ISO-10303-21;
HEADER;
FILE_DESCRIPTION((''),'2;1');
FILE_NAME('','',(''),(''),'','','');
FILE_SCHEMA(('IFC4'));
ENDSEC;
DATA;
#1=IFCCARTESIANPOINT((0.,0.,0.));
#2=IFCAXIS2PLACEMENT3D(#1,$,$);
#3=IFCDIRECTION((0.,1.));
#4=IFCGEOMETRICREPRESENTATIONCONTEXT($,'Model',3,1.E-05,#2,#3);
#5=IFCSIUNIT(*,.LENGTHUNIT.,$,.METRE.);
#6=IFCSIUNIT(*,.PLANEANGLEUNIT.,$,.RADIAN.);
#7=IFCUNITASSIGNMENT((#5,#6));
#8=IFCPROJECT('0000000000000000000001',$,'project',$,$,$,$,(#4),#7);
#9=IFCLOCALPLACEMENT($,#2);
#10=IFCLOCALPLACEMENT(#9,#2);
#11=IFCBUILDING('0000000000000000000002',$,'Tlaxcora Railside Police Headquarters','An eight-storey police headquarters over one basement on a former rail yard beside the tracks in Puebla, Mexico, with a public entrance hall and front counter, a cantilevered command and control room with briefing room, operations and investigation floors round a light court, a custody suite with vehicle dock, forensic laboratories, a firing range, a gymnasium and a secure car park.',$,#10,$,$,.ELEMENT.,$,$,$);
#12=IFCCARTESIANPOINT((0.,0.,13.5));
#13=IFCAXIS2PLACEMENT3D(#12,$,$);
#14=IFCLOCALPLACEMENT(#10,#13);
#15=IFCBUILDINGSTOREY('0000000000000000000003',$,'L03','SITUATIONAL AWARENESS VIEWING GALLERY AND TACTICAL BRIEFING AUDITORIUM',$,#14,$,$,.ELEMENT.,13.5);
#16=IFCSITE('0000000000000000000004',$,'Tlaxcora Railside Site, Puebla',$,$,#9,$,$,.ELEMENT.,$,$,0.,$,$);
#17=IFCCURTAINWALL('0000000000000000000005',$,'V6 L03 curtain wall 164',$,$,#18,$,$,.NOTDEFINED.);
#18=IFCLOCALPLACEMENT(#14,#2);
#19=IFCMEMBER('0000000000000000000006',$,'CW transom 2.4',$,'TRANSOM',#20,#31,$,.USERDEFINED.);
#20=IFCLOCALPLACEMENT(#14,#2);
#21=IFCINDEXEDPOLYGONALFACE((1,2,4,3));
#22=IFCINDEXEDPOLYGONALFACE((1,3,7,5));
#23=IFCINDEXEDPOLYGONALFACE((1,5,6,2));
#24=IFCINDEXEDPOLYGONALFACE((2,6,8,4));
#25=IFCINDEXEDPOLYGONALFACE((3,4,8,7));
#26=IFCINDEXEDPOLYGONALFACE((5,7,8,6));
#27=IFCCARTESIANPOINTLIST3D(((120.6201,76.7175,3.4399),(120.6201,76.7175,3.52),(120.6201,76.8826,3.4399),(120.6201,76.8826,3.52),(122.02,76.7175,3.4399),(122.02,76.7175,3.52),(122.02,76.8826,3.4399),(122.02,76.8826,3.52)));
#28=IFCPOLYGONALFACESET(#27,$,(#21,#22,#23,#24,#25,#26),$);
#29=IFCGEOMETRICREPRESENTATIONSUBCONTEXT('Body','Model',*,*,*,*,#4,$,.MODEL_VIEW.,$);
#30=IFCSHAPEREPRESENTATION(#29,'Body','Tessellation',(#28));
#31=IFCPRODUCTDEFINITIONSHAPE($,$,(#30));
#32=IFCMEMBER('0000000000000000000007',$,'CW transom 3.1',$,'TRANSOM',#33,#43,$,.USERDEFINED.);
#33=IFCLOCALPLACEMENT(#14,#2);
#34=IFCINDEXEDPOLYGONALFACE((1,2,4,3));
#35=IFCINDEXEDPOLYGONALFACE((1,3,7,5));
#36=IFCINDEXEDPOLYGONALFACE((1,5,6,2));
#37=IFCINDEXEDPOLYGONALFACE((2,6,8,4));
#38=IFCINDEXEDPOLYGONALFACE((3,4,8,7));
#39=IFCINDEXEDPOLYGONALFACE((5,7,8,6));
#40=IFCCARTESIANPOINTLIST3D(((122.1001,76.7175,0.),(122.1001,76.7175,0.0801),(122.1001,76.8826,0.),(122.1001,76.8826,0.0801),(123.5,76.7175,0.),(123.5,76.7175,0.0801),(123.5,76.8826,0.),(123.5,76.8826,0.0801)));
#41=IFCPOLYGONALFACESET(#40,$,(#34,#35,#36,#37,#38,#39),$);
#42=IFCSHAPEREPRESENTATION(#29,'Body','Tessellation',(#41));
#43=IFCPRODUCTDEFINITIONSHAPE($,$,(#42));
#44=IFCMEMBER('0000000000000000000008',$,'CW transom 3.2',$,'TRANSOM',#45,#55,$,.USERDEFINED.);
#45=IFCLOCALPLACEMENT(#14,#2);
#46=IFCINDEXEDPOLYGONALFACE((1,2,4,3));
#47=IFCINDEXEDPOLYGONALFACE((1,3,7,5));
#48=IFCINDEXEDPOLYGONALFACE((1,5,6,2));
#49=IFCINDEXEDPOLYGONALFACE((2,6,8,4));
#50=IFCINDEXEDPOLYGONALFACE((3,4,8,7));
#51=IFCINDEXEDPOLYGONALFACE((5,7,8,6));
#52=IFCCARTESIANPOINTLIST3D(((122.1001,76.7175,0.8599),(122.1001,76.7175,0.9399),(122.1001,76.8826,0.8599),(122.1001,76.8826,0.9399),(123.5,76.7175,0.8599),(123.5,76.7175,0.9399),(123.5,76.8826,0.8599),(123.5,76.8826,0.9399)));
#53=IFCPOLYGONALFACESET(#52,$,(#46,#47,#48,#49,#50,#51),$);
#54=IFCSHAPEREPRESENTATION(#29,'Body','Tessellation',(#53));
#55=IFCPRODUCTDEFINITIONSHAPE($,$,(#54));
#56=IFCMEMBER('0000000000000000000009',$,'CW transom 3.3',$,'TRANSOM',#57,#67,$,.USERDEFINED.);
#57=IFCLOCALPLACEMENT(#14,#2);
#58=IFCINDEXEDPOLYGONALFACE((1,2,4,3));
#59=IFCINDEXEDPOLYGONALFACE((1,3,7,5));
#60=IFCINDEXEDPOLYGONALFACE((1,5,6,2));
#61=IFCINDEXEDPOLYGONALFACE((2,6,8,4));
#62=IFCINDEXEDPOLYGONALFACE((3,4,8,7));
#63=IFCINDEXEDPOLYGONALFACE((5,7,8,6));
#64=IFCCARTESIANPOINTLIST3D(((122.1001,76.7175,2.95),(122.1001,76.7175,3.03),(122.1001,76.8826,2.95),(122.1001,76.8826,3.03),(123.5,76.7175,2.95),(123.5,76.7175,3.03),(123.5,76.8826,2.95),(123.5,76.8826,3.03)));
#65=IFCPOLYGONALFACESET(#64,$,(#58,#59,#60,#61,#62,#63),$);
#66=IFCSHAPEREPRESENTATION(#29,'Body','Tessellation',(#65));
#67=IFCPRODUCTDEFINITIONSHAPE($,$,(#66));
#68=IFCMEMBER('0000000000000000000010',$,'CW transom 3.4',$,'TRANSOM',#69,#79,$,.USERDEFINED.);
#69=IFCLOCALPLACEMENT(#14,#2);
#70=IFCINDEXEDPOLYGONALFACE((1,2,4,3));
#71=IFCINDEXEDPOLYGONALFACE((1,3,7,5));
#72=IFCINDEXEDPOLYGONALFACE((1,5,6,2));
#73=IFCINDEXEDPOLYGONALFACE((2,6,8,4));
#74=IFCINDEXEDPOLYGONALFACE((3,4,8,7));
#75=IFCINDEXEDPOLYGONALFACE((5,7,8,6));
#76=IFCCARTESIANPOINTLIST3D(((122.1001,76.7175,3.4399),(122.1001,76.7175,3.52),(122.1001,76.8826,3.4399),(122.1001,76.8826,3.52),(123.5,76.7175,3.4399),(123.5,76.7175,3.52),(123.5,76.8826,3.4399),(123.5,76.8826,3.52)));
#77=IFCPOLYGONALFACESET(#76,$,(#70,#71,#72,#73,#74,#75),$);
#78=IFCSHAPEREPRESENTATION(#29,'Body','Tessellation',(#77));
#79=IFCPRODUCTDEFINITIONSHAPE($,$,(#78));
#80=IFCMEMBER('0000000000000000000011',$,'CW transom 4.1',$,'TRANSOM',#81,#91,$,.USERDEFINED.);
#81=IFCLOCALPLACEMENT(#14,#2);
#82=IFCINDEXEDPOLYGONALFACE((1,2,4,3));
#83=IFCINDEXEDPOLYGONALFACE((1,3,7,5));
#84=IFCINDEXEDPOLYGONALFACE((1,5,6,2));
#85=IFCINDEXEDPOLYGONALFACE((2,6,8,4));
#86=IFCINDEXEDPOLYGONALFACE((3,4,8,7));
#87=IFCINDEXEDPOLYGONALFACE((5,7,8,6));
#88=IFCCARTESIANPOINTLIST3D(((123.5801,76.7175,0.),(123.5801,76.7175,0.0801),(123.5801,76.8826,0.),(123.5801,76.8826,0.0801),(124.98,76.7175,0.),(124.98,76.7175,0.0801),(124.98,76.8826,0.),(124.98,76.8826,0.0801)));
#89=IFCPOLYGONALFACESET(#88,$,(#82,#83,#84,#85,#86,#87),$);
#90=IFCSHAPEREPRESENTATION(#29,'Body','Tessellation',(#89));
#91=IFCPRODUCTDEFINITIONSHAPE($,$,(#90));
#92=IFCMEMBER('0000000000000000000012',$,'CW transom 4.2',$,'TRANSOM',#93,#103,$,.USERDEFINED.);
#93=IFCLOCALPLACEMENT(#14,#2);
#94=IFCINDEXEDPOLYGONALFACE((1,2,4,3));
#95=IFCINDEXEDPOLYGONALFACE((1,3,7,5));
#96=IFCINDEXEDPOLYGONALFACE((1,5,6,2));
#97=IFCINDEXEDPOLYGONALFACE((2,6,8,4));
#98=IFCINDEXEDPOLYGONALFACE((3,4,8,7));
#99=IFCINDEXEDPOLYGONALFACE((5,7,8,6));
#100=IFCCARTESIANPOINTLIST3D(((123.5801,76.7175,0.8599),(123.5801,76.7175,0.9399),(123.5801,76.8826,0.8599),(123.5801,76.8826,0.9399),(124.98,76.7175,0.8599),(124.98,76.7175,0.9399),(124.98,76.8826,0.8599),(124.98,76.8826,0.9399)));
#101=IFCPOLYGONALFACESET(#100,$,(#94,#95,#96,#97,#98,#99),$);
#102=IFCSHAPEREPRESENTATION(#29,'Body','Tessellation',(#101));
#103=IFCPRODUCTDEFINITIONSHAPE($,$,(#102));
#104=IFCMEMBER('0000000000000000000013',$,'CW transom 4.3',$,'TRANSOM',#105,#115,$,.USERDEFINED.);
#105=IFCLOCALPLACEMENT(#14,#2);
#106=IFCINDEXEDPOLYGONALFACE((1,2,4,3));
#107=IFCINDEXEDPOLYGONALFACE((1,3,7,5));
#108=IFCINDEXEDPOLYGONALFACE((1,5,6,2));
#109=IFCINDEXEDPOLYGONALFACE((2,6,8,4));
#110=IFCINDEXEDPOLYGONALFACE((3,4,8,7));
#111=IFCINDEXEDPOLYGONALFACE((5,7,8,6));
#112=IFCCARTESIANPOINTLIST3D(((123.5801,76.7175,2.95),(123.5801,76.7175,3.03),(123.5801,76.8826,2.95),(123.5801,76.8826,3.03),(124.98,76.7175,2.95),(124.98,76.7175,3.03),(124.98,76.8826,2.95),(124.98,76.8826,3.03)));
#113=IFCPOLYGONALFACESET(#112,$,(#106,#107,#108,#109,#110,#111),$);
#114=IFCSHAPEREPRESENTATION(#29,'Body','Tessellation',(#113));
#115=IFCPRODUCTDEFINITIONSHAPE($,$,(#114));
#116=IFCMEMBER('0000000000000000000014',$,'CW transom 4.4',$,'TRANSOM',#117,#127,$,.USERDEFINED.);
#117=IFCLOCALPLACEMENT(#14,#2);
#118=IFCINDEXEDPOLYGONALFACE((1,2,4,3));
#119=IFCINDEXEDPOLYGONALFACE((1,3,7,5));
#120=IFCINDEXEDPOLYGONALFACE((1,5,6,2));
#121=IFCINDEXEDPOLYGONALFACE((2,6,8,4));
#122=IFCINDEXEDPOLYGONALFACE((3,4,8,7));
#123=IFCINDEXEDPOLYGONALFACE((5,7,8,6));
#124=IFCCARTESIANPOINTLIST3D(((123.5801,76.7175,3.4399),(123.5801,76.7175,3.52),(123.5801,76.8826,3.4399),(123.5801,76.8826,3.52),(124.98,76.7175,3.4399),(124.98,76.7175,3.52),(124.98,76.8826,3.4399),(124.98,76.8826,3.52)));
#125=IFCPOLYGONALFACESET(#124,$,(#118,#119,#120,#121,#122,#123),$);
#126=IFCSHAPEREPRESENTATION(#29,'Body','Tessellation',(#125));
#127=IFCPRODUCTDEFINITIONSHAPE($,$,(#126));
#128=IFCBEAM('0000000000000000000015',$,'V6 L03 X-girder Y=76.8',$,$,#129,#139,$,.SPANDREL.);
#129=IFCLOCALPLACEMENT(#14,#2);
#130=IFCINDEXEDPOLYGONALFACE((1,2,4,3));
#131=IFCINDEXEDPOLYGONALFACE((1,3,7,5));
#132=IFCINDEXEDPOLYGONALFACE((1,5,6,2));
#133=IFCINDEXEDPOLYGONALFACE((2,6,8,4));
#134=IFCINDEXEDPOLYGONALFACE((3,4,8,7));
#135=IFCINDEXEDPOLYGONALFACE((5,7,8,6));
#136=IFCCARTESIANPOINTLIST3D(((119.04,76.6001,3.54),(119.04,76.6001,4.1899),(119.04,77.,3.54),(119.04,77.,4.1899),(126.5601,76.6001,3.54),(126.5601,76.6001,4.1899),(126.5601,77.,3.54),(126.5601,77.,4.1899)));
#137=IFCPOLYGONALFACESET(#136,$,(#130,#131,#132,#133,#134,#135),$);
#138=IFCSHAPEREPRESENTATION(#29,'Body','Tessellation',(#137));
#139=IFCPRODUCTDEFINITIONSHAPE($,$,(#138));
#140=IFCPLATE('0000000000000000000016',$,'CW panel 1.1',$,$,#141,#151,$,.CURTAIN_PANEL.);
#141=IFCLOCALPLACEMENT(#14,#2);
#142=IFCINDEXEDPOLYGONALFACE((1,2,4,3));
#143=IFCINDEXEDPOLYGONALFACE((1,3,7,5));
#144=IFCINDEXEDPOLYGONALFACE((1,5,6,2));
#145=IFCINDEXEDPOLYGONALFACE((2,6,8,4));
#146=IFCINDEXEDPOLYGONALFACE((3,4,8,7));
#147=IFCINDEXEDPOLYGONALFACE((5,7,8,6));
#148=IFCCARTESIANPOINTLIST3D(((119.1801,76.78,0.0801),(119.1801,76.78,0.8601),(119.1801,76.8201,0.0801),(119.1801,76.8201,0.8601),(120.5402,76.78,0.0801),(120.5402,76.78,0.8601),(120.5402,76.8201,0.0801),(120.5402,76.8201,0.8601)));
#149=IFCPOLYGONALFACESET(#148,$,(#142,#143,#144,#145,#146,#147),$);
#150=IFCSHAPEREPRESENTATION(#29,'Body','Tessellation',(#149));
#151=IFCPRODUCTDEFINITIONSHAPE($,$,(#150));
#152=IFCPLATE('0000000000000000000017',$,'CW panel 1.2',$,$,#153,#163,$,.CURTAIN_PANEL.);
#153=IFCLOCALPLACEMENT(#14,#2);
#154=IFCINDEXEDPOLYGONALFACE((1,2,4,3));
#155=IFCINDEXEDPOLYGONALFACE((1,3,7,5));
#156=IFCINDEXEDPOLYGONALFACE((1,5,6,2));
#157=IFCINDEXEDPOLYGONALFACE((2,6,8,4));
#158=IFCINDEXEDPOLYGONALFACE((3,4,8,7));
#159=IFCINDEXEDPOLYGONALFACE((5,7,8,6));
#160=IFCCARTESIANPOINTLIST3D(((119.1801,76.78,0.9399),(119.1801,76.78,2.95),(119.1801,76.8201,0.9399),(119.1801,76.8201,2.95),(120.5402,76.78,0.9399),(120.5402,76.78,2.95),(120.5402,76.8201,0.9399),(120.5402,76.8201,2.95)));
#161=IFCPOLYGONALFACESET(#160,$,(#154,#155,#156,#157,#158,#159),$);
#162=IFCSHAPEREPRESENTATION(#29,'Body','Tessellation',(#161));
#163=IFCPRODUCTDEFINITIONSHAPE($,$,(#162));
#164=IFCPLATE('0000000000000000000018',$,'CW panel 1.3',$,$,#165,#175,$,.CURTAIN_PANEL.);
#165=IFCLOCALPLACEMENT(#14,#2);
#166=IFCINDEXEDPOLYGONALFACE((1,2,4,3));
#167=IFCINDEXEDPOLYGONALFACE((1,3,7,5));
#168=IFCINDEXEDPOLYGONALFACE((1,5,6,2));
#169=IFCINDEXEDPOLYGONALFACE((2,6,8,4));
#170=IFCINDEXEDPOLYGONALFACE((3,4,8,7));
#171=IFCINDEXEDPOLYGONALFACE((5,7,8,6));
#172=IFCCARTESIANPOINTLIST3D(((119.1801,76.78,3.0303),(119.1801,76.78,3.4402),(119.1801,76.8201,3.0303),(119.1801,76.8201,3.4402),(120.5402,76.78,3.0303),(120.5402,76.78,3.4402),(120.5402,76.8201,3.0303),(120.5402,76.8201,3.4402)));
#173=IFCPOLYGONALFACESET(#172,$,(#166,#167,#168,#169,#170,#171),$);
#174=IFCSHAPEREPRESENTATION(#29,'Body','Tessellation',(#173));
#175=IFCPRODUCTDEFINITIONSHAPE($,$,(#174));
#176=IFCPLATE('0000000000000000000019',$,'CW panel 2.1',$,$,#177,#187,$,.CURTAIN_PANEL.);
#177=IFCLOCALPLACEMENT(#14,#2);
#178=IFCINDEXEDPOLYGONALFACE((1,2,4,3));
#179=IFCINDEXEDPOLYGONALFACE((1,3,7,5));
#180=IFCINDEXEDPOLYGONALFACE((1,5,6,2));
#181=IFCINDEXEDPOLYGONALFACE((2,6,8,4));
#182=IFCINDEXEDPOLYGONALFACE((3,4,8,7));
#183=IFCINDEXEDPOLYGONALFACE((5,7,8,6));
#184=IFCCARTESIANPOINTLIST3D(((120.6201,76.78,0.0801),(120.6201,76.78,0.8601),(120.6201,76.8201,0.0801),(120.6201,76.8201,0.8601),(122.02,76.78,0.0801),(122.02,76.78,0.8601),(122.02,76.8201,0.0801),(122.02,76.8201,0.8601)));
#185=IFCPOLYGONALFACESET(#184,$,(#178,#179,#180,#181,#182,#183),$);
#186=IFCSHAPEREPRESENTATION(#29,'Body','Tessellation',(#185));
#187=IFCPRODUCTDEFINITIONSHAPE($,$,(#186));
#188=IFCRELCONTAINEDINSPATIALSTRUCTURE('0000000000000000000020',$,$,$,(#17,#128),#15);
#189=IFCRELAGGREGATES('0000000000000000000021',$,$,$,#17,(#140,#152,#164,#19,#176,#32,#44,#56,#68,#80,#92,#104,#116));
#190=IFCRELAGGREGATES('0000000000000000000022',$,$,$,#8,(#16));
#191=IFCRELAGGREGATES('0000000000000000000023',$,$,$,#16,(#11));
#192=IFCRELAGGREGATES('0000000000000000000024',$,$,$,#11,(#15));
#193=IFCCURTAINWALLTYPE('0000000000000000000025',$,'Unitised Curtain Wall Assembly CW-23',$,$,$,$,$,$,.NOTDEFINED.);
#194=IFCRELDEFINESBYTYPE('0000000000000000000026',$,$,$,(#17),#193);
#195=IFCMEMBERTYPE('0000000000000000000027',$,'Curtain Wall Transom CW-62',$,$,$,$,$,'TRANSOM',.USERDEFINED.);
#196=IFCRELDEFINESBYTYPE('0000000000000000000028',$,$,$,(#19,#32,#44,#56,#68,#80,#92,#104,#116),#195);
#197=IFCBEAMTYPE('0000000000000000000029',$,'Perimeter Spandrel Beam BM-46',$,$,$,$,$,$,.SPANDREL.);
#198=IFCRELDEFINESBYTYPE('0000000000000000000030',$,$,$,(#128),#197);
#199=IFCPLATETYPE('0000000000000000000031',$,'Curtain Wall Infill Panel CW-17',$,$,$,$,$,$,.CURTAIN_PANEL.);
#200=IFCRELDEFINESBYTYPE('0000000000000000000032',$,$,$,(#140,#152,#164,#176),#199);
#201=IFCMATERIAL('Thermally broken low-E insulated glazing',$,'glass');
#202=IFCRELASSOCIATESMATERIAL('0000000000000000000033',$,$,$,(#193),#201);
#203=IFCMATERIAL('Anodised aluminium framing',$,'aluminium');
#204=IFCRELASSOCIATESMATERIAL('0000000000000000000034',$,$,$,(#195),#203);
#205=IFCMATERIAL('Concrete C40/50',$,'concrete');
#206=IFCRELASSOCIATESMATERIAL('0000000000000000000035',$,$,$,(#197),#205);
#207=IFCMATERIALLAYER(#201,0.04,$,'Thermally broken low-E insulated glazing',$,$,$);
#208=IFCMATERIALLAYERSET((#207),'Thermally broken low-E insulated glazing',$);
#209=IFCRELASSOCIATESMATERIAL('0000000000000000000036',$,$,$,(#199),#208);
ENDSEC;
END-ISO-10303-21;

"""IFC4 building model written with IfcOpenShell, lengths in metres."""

from ifc_helpers import new_model, si_unit, direction, frame, origin, origin_2d, place, context, subcontext, project, spatial, rectangle, extrude, material, layer, layer_set, material_profile, profile_set, type_object, element, aggregate, save


model = new_model("IFC4")

# Units and contexts
model_context = context("Model", 3, precision=1e-05, world=origin(), true_north=direction((0.0, 1.0)))
body_context = subcontext(model_context, "Body", "Model", "MODEL_VIEW")
ifc_project = project(units=[si_unit("LENGTHUNIT", "METRE"), si_unit("PLANEANGLEUNIT", "RADIAN")], contexts=[model_context])

# Site, building, storey
site_placement = place(None, origin())
site = spatial("IfcSite", under=ifc_project, at=site_placement, Name="Tlaxcora Railside Site, Puebla", CompositionType="ELEMENT", RefElevation=0.0)
building_placement = place(site_placement, origin())
building = spatial("IfcBuilding", under=site, at=building_placement, Name="Tlaxcora Railside Police Headquarters", Description="An eight-storey police headquarters over one basement on a former rail yard beside the tracks in Puebla, Mexico, with a public entrance hall and front counter, a cantilevered command and control room with briefing room, operations and investigation floors round a light court, a custody suite with vehicle dock, forensic laboratories, a firing range, a gymnasium and a secure car park.", CompositionType="ELEMENT")
storey_placement = place(building_placement, frame((0.0, 0.0, 13.5)))
storey = spatial("IfcBuildingStorey", under=building, at=storey_placement, Name="L03", Description="SITUATIONAL AWARENESS VIEWING GALLERY AND TACTICAL BRIEFING AUDITORIUM", CompositionType="ELEMENT", Elevation=13.5)

# Shared definitions
ifc_material_1 = material(Name="Concrete C40/50", Category="concrete")

# Curtain wall
ifc_material_2 = material(Name="Thermally broken low-E insulated glazing", Category="glass")
curtain_wall_type_1 = type_object("IfcCurtainWallType", Name="Unitised Curtain Wall Assembly CW-23", PredefinedType="NOTDEFINED", material=ifc_material_2)
curtain_wall_1_placement = place(storey_placement, origin())
curtain_wall_1 = element("IfcCurtainWall", 1, at=curtain_wall_1_placement, inside=storey, type_object=curtain_wall_type_1, Name="V6 L03 curtain wall 164", PredefinedType="NOTDEFINED")
ifc_material_3 = material(Name="Anodised aluminium framing", Category="aluminium")

# Members
ifc_material_profile_1 = material_profile(ifc_material_3, rectangle(XDim=0.165, YDim=0.0801, at=origin_2d()), Name="AL80X165")
ifc_profile_set_1 = profile_set([ifc_material_profile_1], Name="Anodised aluminium framing")
member_type_1 = type_object("IfcMemberType", Name="Curtain Wall Transom CW-62", ElementType="TRANSOM", PredefinedType="USERDEFINED", material=ifc_profile_set_1)
member_1_placement = place(storey_placement, frame((120.6201, 76.8, 3.48), z_axis=(1.0, 0.0, 0.0), x_axis=(0.0, 1.0, 0.0)))
member_1 = element("IfcMember", 2, at=member_1_placement, type_object=member_type_1, Name="CW transom 2.4", ObjectType="TRANSOM", PredefinedType="USERDEFINED", context=body_context, shape_type="SweptSolid", body=[
    extrude(rectangle(XDim=0.165, YDim=0.0801, at=origin_2d()), origin(), (0.0, 0.0, 1.0), 1.3999),
])
member_2_placement = place(storey_placement, frame((122.1001, 76.8, 0.04), z_axis=(1.0, 0.0, 0.0), x_axis=(0.0, 1.0, 0.0)))
member_2 = element("IfcMember", 3, at=member_2_placement, type_object=member_type_1, Name="CW transom 3.1", ObjectType="TRANSOM", PredefinedType="USERDEFINED", context=body_context, shape_type="SweptSolid", body=[
    extrude(rectangle(XDim=0.165, YDim=0.0801, at=origin_2d()), origin(), (0.0, 0.0, 1.0), 1.3999),
])
member_3_placement = place(storey_placement, frame((122.1001, 76.8, 0.8999), z_axis=(1.0, 0.0, 0.0), x_axis=(0.0, 1.0, 0.0)))
member_3 = element("IfcMember", 4, at=member_3_placement, type_object=member_type_1, Name="CW transom 3.2", ObjectType="TRANSOM", PredefinedType="USERDEFINED", context=body_context, shape_type="SweptSolid", body=[
    extrude(rectangle(XDim=0.165, YDim=0.0801, at=origin_2d()), origin(), (0.0, 0.0, 1.0), 1.3999),
])
member_4_placement = place(storey_placement, frame((122.1001, 76.8, 2.99), z_axis=(1.0, 0.0, 0.0), x_axis=(0.0, 1.0, 0.0)))
member_4 = element("IfcMember", 5, at=member_4_placement, type_object=member_type_1, Name="CW transom 3.3", ObjectType="TRANSOM", PredefinedType="USERDEFINED", context=body_context, shape_type="SweptSolid", body=[
    extrude(rectangle(XDim=0.165, YDim=0.0801, at=origin_2d()), origin(), (0.0, 0.0, 1.0), 1.3999),
])
member_5_placement = place(storey_placement, frame((122.1001, 76.8, 3.48), z_axis=(1.0, 0.0, 0.0), x_axis=(0.0, 1.0, 0.0)))
member_5 = element("IfcMember", 6, at=member_5_placement, type_object=member_type_1, Name="CW transom 3.4", ObjectType="TRANSOM", PredefinedType="USERDEFINED", context=body_context, shape_type="SweptSolid", body=[
    extrude(rectangle(XDim=0.165, YDim=0.0801, at=origin_2d()), origin(), (0.0, 0.0, 1.0), 1.3999),
])
member_6_placement = place(storey_placement, frame((123.5801, 76.8, 0.04), z_axis=(1.0, 0.0, 0.0), x_axis=(0.0, 1.0, 0.0)))
member_6 = element("IfcMember", 7, at=member_6_placement, type_object=member_type_1, Name="CW transom 4.1", ObjectType="TRANSOM", PredefinedType="USERDEFINED", context=body_context, shape_type="SweptSolid", body=[
    extrude(rectangle(XDim=0.165, YDim=0.0801, at=origin_2d()), origin(), (0.0, 0.0, 1.0), 1.3999),
])
member_7_placement = place(storey_placement, frame((123.5801, 76.8, 0.8999), z_axis=(1.0, 0.0, 0.0), x_axis=(0.0, 1.0, 0.0)))
member_7 = element("IfcMember", 8, at=member_7_placement, type_object=member_type_1, Name="CW transom 4.2", ObjectType="TRANSOM", PredefinedType="USERDEFINED", context=body_context, shape_type="SweptSolid", body=[
    extrude(rectangle(XDim=0.165, YDim=0.0801, at=origin_2d()), origin(), (0.0, 0.0, 1.0), 1.3999),
])
member_8_placement = place(storey_placement, frame((123.5801, 76.8, 2.99), z_axis=(1.0, 0.0, 0.0), x_axis=(0.0, 1.0, 0.0)))
member_8 = element("IfcMember", 9, at=member_8_placement, type_object=member_type_1, Name="CW transom 4.3", ObjectType="TRANSOM", PredefinedType="USERDEFINED", context=body_context, shape_type="SweptSolid", body=[
    extrude(rectangle(XDim=0.165, YDim=0.0801, at=origin_2d()), origin(), (0.0, 0.0, 1.0), 1.3999),
])
member_9_placement = place(storey_placement, frame((123.5801, 76.8, 3.48), z_axis=(1.0, 0.0, 0.0), x_axis=(0.0, 1.0, 0.0)))
member_9 = element("IfcMember", 10, at=member_9_placement, type_object=member_type_1, Name="CW transom 4.4", ObjectType="TRANSOM", PredefinedType="USERDEFINED", context=body_context, shape_type="SweptSolid", body=[
    extrude(rectangle(XDim=0.165, YDim=0.0801, at=origin_2d()), origin(), (0.0, 0.0, 1.0), 1.3999),
])

# Beam
ifc_material_profile_2 = material_profile(ifc_material_1, rectangle(XDim=0.3999, YDim=0.6499, at=origin_2d()), Name="RC400X650")
ifc_profile_set_2 = profile_set([ifc_material_profile_2], Name="Concrete C40/50")
beam_type = type_object("IfcBeamType", Name="Perimeter Spandrel Beam BM-46", PredefinedType="SPANDREL", material=ifc_profile_set_2)
beam_placement = place(storey_placement, frame((119.04, 76.8, 3.865), z_axis=(1.0, 0.0, 0.0), x_axis=(0.0, 1.0, 0.0)))
element("IfcBeam", 11, at=beam_placement, inside=storey, type_object=beam_type, Name="V6 L03 X-girder Y=76.8", PredefinedType="SPANDREL", context=body_context, shape_type="SweptSolid", body=[
    extrude(rectangle(XDim=0.3999, YDim=0.6499, at=origin_2d()), origin(), (0.0, 0.0, 1.0), 7.52),
])

# Plates
ifc_layer_1 = layer(ifc_material_2, 0.04, Name="Thermally broken low-E insulated glazing")
ifc_layer_set_1 = layer_set([ifc_layer_1], Name="Thermally broken low-E insulated glazing")
plate_type_1 = type_object("IfcPlateType", Name="Curtain Wall Infill Panel CW-17", PredefinedType="CURTAIN_PANEL", material=ifc_layer_set_1)
plate_1_placement = place(storey_placement, frame((119.8601, 76.8, 0.0801), z_axis=(0.0, 0.0, 1.0), x_axis=(1.0, 0.0, 0.0)))
plate_1 = element("IfcPlate", 12, at=plate_1_placement, type_object=plate_type_1, Name="CW panel 1.1", PredefinedType="CURTAIN_PANEL", context=body_context, shape_type="SweptSolid", body=[
    extrude(rectangle(XDim=1.3601, YDim=0.04, at=origin_2d()), origin(), (0.0, 0.0, 1.0), 0.78),
])
plate_2_placement = place(storey_placement, frame((119.8601, 76.8, 0.9399), z_axis=(0.0, 0.0, 1.0), x_axis=(1.0, 0.0, 0.0)))
plate_2 = element("IfcPlate", 13, at=plate_2_placement, type_object=plate_type_1, Name="CW panel 1.2", PredefinedType="CURTAIN_PANEL", context=body_context, shape_type="SweptSolid", body=[
    extrude(rectangle(XDim=1.3601, YDim=0.04, at=origin_2d()), origin(), (0.0, 0.0, 1.0), 2.01),
])
plate_3_placement = place(storey_placement, frame((119.8601, 76.8, 3.0303), z_axis=(0.0, 0.0, 1.0), x_axis=(1.0, 0.0, 0.0)))
plate_3 = element("IfcPlate", 14, at=plate_3_placement, type_object=plate_type_1, Name="CW panel 1.3", PredefinedType="CURTAIN_PANEL", context=body_context, shape_type="SweptSolid", body=[
    extrude(rectangle(XDim=1.3601, YDim=0.04, at=origin_2d()), origin(), (0.0, 0.0, 1.0), 0.4099),
])
plate_4_placement = place(storey_placement, frame((121.3201, 76.8, 0.0801), z_axis=(0.0, 0.0, 1.0), x_axis=(1.0, 0.0, 0.0)))
plate_4 = element("IfcPlate", 15, at=plate_4_placement, type_object=plate_type_1, Name="CW panel 2.1", PredefinedType="CURTAIN_PANEL", context=body_context, shape_type="SweptSolid", body=[
    extrude(rectangle(XDim=1.3999, YDim=0.04, at=origin_2d()), origin(), (0.0, 0.0, 1.0), 0.78),
])
aggregate(curtain_wall_1, [plate_1, plate_2, plate_3, member_1, plate_4, member_2, member_3, member_4, member_5, member_6, member_7, member_8, member_9])

save(model, "model.ifc")
